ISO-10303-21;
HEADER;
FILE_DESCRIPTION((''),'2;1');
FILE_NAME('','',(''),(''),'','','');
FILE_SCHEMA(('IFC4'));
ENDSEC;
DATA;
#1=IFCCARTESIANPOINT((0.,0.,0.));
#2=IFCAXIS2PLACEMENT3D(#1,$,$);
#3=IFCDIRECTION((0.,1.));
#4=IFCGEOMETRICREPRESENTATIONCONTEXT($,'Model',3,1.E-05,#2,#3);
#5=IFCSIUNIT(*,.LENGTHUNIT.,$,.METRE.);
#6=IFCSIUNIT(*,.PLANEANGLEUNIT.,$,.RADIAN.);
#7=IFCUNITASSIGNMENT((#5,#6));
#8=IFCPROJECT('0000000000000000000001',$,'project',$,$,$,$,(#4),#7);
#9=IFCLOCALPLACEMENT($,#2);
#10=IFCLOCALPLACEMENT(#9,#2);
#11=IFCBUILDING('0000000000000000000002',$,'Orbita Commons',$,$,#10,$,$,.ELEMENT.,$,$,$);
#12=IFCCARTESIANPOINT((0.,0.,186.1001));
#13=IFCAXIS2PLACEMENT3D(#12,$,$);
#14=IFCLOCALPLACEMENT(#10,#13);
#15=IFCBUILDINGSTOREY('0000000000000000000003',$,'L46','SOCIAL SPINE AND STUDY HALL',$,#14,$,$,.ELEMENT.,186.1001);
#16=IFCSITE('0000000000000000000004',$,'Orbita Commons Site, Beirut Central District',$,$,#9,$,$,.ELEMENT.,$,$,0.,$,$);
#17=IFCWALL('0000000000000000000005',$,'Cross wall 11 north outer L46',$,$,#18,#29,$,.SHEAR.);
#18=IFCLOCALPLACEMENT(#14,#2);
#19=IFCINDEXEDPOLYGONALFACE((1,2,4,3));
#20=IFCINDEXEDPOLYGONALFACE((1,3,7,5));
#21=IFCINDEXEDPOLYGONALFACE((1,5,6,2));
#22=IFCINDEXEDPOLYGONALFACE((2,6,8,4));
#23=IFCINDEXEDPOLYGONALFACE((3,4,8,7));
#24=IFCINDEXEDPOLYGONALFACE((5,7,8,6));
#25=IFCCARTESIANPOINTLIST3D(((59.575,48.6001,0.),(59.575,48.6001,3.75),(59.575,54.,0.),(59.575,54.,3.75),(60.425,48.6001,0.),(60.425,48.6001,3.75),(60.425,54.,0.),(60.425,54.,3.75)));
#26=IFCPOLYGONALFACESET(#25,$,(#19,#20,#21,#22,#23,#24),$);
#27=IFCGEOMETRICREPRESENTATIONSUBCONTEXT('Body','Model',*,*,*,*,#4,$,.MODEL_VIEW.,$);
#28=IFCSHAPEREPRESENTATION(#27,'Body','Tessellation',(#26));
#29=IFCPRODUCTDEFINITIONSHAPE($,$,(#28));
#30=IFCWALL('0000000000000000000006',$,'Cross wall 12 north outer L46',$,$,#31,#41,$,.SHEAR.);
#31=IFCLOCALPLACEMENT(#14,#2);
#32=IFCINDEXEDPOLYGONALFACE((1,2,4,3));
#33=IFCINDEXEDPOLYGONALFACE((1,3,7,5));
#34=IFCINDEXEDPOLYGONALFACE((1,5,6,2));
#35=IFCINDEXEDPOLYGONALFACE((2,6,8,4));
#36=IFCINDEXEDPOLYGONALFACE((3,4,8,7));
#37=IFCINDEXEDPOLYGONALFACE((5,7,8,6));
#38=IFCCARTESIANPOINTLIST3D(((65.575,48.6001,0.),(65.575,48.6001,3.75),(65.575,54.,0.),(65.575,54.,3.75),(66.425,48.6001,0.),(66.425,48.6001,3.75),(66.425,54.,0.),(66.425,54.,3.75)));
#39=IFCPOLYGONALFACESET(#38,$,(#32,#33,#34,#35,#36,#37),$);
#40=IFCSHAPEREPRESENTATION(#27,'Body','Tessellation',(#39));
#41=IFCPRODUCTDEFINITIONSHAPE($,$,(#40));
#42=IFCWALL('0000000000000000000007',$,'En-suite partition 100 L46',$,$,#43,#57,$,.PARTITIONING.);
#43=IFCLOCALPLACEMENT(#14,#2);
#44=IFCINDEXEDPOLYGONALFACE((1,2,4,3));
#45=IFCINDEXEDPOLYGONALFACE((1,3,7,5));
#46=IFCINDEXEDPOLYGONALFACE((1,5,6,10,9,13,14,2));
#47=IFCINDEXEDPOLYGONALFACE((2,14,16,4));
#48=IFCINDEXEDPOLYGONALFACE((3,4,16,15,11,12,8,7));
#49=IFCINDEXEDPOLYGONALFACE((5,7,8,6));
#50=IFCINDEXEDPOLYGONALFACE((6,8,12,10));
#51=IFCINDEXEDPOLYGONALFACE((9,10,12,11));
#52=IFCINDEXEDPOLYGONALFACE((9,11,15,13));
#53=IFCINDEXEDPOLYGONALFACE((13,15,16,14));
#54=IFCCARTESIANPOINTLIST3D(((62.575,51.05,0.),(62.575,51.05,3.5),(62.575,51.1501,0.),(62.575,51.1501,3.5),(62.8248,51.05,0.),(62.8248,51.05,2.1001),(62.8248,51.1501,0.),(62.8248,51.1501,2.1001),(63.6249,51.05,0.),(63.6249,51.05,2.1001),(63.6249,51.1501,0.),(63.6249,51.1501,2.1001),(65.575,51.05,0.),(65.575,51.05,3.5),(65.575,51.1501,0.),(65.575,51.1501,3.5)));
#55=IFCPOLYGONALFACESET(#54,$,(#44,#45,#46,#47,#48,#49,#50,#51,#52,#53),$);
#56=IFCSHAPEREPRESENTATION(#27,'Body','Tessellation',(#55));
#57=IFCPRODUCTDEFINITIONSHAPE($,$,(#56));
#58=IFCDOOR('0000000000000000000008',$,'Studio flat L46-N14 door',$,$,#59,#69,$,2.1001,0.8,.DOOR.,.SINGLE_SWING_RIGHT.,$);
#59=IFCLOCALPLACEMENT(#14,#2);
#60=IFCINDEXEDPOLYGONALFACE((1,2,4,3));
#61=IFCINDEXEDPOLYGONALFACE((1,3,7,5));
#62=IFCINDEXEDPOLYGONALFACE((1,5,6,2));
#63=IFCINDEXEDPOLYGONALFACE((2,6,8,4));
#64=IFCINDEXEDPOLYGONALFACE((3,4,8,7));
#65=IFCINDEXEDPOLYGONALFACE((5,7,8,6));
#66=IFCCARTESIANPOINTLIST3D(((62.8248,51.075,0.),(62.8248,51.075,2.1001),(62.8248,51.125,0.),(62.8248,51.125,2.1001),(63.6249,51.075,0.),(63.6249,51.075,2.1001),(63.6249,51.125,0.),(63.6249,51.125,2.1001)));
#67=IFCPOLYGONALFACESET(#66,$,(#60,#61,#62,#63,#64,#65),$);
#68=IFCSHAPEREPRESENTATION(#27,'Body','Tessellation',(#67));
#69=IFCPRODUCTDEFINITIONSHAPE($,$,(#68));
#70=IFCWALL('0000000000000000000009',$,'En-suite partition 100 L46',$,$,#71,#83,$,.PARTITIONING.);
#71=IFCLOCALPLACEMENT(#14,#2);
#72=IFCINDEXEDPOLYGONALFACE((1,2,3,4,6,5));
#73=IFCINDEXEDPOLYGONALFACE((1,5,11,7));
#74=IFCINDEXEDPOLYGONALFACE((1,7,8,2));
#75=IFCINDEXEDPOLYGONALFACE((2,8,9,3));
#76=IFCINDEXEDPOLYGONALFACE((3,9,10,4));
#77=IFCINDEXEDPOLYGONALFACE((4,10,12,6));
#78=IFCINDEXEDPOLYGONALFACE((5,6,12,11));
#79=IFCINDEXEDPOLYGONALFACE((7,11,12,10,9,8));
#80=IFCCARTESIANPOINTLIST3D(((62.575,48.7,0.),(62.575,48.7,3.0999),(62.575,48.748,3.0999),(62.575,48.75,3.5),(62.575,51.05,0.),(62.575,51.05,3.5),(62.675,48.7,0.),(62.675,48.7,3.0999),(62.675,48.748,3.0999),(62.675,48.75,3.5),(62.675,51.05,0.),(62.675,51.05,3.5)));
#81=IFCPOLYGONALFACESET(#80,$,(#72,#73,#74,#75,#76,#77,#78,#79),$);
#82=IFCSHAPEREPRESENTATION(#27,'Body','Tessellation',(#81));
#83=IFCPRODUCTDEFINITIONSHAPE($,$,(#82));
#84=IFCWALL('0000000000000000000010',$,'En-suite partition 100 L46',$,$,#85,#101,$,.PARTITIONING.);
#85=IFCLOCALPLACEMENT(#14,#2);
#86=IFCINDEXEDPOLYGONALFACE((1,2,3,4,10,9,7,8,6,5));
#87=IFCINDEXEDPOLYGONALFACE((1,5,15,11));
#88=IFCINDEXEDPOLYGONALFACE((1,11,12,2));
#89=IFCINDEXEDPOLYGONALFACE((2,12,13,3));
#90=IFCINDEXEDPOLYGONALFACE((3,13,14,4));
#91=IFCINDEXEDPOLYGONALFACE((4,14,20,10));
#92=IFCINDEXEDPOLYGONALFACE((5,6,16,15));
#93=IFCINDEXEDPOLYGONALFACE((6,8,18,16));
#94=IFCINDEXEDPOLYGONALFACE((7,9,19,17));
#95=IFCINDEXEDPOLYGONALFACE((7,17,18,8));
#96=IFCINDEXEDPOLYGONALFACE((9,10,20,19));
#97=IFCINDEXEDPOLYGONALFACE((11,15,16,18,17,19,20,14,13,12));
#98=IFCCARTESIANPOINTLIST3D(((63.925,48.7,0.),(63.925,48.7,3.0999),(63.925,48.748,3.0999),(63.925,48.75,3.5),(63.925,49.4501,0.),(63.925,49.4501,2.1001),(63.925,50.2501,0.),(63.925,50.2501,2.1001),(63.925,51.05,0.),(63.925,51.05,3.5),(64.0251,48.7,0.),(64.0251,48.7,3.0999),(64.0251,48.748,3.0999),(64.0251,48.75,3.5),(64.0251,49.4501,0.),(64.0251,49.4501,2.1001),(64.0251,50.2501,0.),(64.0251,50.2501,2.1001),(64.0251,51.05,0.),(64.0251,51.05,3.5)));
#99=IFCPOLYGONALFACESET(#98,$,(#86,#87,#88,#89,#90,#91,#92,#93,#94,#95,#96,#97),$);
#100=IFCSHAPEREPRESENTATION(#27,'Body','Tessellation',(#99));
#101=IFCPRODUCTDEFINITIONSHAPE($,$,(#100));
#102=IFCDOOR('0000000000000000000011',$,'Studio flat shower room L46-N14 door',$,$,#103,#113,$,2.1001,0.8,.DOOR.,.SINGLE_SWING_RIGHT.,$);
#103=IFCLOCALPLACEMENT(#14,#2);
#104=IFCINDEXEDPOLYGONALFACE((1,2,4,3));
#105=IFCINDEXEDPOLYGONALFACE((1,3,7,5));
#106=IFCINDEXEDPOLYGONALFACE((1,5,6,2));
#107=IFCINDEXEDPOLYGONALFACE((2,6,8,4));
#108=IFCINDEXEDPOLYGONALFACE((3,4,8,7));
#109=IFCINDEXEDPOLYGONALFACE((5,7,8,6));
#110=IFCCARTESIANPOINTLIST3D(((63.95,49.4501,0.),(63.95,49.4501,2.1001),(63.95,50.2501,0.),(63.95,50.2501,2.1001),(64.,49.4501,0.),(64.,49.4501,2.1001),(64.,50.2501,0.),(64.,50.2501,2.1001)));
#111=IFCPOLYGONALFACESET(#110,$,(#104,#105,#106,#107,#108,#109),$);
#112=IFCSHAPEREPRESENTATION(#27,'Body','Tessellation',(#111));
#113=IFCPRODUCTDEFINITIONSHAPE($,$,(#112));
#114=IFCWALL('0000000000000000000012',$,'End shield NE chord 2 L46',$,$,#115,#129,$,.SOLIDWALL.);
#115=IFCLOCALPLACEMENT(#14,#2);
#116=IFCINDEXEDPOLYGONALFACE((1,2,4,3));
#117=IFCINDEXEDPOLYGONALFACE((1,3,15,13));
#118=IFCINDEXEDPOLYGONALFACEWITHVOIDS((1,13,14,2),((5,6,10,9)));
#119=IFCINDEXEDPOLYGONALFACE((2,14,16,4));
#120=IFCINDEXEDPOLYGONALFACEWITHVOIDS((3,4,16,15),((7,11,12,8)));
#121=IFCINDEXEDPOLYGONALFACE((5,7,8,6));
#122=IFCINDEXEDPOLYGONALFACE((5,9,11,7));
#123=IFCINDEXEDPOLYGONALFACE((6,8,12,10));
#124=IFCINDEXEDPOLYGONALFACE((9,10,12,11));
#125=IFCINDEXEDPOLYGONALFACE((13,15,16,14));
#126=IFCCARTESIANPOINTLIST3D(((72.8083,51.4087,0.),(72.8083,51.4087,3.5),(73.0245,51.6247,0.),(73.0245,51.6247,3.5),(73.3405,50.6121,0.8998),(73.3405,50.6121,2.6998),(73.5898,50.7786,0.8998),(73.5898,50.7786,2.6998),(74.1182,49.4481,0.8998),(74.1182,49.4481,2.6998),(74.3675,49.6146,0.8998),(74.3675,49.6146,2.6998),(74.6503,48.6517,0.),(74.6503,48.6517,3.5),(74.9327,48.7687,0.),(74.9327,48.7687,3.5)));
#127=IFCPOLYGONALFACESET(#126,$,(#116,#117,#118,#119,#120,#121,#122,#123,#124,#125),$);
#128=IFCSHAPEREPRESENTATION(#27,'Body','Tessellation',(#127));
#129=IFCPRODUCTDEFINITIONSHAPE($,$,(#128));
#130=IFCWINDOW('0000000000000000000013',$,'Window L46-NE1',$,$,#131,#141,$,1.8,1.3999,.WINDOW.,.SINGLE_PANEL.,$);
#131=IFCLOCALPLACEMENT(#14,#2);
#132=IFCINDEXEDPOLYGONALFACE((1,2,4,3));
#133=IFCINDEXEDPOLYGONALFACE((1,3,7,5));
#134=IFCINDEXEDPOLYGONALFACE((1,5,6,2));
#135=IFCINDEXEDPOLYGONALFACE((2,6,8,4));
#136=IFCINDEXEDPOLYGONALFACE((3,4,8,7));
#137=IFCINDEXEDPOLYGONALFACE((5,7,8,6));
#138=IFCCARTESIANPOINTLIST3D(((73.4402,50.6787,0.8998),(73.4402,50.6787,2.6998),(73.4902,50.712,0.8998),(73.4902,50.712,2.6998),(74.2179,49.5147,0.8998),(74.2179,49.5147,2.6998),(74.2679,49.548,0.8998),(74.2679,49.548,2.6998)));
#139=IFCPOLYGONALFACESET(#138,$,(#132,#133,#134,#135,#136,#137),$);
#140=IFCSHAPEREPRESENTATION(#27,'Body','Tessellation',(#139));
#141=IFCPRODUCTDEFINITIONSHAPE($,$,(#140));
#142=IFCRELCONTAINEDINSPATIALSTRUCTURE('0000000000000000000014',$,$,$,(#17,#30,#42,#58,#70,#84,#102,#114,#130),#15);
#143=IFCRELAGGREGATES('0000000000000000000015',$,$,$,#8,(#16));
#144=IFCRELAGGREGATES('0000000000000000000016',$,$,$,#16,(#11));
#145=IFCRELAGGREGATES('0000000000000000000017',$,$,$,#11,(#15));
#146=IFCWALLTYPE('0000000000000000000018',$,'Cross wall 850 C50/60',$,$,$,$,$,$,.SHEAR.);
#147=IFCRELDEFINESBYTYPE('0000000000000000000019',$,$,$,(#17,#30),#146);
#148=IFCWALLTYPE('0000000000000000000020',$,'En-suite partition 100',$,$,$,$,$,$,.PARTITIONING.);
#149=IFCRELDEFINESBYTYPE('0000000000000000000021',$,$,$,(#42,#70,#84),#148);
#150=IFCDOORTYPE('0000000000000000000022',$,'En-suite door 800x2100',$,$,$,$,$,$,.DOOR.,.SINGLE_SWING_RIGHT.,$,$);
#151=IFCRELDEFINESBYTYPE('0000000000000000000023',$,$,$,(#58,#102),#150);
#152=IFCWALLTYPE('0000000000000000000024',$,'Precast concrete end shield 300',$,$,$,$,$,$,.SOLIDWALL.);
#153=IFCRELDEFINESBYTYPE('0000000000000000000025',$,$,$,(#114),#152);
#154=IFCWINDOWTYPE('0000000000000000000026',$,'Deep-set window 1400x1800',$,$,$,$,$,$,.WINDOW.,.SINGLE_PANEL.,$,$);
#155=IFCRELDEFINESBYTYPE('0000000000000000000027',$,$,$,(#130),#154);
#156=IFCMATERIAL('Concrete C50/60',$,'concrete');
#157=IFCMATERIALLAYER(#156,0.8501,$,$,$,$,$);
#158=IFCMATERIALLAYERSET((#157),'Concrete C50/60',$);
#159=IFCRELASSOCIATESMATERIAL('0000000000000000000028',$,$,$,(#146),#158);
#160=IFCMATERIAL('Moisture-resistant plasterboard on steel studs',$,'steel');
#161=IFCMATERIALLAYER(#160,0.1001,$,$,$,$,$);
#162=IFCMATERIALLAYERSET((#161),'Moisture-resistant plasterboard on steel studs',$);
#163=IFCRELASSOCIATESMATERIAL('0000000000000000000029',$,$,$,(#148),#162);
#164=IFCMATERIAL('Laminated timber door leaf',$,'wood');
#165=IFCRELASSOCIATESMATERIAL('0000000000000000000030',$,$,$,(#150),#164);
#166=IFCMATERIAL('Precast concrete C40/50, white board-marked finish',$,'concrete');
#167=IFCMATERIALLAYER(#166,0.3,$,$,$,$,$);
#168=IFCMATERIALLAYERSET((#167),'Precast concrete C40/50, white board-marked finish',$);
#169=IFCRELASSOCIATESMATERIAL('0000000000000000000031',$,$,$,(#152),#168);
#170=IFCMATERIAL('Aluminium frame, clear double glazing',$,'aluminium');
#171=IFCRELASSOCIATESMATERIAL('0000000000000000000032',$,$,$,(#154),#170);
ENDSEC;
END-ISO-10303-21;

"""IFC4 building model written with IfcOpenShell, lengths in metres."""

from ifc_helpers import new_model, si_unit, direction, frame, frame_2d, origin, place, context, subcontext, project, spatial, polyline, rectangle, outline, extrude, material, layer, layer_set, type_object, element, fill, save


model = new_model("IFC4")

# Units and contexts
model_context = context("Model", 3, precision=1e-05, world=origin(), true_north=direction((0.0, 1.0)))
body_context = subcontext(model_context, "Body", "Model", "MODEL_VIEW")
ifc_project = project(units=[si_unit("LENGTHUNIT", "METRE"), si_unit("PLANEANGLEUNIT", "RADIAN")], contexts=[model_context])

# Site, building, storey
site_placement = place(None, origin())
site = spatial("IfcSite", under=ifc_project, at=site_placement, Name="Orbita Commons Site, Beirut Central District", CompositionType="ELEMENT", RefElevation=0.0)
building_placement = place(site_placement, origin())
building = spatial("IfcBuilding", under=site, at=building_placement, Name="Orbita Commons", CompositionType="ELEMENT")
storey_placement = place(building_placement, frame((0.0, 0.0, 186.1001)))
storey = spatial("IfcBuildingStorey", under=building, at=storey_placement, Name="L46", Description="SOCIAL SPINE AND STUDY HALL", CompositionType="ELEMENT", Elevation=186.1001)

# Walls
ifc_material_1 = material(Name="Concrete C50/60", Category="concrete")
ifc_layer_1 = layer(ifc_material_1, 0.8501)
ifc_layer_set_1 = layer_set([ifc_layer_1], Name="Concrete C50/60")
wall_type_1 = type_object("IfcWallType", Name="Cross wall 850 C50/60", PredefinedType="SHEAR", material=ifc_layer_set_1)
for number, where, z_axis, x_axis, name in (
    (1, (60.0, 48.6001, 0.0), (0.0, 0.0, 1.0), (0.0, 1.0, 0.0), "Cross wall 11 north outer L46"),
    (2, (66.0, 48.6001, 0.0), (0.0, 0.0, 1.0), (0.0, 1.0, 0.0), "Cross wall 12 north outer L46"),
):
    element("IfcWall", number, at=place(storey_placement, frame(where, z_axis=z_axis, x_axis=x_axis)), inside=storey, type_object=wall_type_1, Name=name, PredefinedType="SHEAR", context=body_context, shape_type="SweptSolid", body=[
        extrude(rectangle(XDim=5.3999, YDim=0.8501, at=frame_2d((2.7, 0.0))), origin(), (0.0, 0.0, 1.0), 3.75),
    ])

# Wall, opening, door
ifc_material_2 = material(Name="Moisture-resistant plasterboard on steel studs", Category="steel")
ifc_layer_2 = layer(ifc_material_2, 0.1001)
ifc_layer_set_2 = layer_set([ifc_layer_2], Name="Moisture-resistant plasterboard on steel studs")
wall_type_2 = type_object("IfcWallType", Name="En-suite partition 100", PredefinedType="PARTITIONING", material=ifc_layer_set_2)
wall_1_placement = place(storey_placement, frame((62.575, 51.1001, 0.0), z_axis=(0.0, 0.0, 1.0), x_axis=(1.0, 0.0, 0.0)))
wall_1 = element("IfcWall", 3, at=wall_1_placement, inside=storey, type_object=wall_type_2, Name="En-suite partition 100 L46", PredefinedType="PARTITIONING", context=body_context, shape_type="SweptSolid", body=[
    extrude(rectangle(XDim=3.0, YDim=0.1001, at=frame_2d((1.5, 0.0))), origin(), (0.0, 0.0, 1.0), 3.5),
])
opening_1_placement = place(wall_1_placement, frame((0.25, 0.0, 0.0)))
opening_1 = element("IfcOpeningElement", 4, at=opening_1_placement, cuts=wall_1, PredefinedType="OPENING", context=body_context, shape_type="SweptSolid", body=[
    extrude(rectangle(XDim=0.8, YDim=2.1001, at=frame_2d((0.3999, 1.05))), frame((0.0, 0.0601, 0.0), z_axis=(0.0, -1.0, 0.0), x_axis=(1.0, 0.0, 0.0)), (0.0, 0.0, 1.0), 0.1201),
])
ifc_material_3 = material(Name="Laminated timber door leaf", Category="wood")
door_type_1 = type_object("IfcDoorType", Name="En-suite door 800x2100", OperationType="SINGLE_SWING_RIGHT", PredefinedType="DOOR", material=ifc_material_3)
door_1_placement = place(opening_1_placement, origin())
door_1 = element("IfcDoor", 5, at=door_1_placement, inside=storey, type_object=door_type_1, Name="Studio flat L46-N14 door", OperationType="SINGLE_SWING_RIGHT", OverallHeight=2.1001, OverallWidth=0.8, PredefinedType="DOOR", context=body_context, shape_type="SweptSolid", body=[
    extrude(rectangle(XDim=0.8, YDim=2.1001, at=frame_2d((0.3999, 1.05))), frame((0.0, 0.0249, 0.0), z_axis=(0.0, -1.0, 0.0), x_axis=(1.0, 0.0, 0.0)), (0.0, 0.0, 1.0), 0.05),
])
fill(opening_1, door_1)

# Wall
wall_2_placement = place(storey_placement, frame((62.625, 51.05, 0.0), z_axis=(0.0, 0.0, 1.0), x_axis=(0.0, -1.0, 0.0)))
element("IfcWall", 6, at=wall_2_placement, inside=storey, type_object=wall_type_2, Name="En-suite partition 100 L46", PredefinedType="PARTITIONING", context=body_context, shape_type="SweptSolid", body=[
    extrude(outline(polyline([(0.0, 0.0), (2.3501, 0.0), (2.3501, 3.0999), (2.302, 3.0999), (2.3, 3.5), (0.0, 3.5), (0.0, 0.0)])), frame((0.0, 0.05, 0.0), z_axis=(0.0, -1.0, 0.0), x_axis=(1.0, 0.0, 0.0)), (0.0, 0.0, 1.0), 0.1001),
])

# Wall, opening, door
wall_3_placement = place(storey_placement, frame((63.9751, 51.05, 0.0), z_axis=(0.0, 0.0, 1.0), x_axis=(0.0, -1.0, 0.0)))
wall_3 = element("IfcWall", 7, at=wall_3_placement, inside=storey, type_object=wall_type_2, Name="En-suite partition 100 L46", PredefinedType="PARTITIONING", context=body_context, shape_type="SweptSolid", body=[
    extrude(outline(polyline([(0.0, 0.0), (2.3501, 0.0), (2.3501, 3.0999), (2.302, 3.0999), (2.3, 3.5), (0.0, 3.5), (0.0, 0.0)])), frame((0.0, 0.05, 0.0), z_axis=(0.0, -1.0, 0.0), x_axis=(1.0, 0.0, 0.0)), (0.0, 0.0, 1.0), 0.1001),
])
opening_2_placement = place(wall_3_placement, frame((0.8, 0.0, 0.0)))
opening_2 = element("IfcOpeningElement", 8, at=opening_2_placement, cuts=wall_3, PredefinedType="OPENING", context=body_context, shape_type="SweptSolid", body=[
    extrude(rectangle(XDim=0.8, YDim=2.1001, at=frame_2d((0.3999, 1.05))), frame((0.0, 0.0601, 0.0), z_axis=(0.0, -1.0, 0.0), x_axis=(1.0, 0.0, 0.0)), (0.0, 0.0, 1.0), 0.1201),
])
door_2_placement = place(opening_2_placement, origin())
door_2 = element("IfcDoor", 9, at=door_2_placement, inside=storey, type_object=door_type_1, Name="Studio flat shower room L46-N14 door", OperationType="SINGLE_SWING_RIGHT", OverallHeight=2.1001, OverallWidth=0.8, PredefinedType="DOOR", context=body_context, shape_type="SweptSolid", body=[
    extrude(rectangle(XDim=0.8, YDim=2.1001, at=frame_2d((0.3999, 1.05))), frame((0.0, 0.0249, 0.0), z_axis=(0.0, -1.0, 0.0), x_axis=(1.0, 0.0, 0.0)), (0.0, 0.0, 1.0), 0.05),
])
fill(opening_2, door_2)

# Wall, opening, window
ifc_material_4 = material(Name="Precast concrete C40/50, white board-marked finish", Category="concrete")
ifc_layer_3 = layer(ifc_material_4, 0.3)
ifc_layer_set_3 = layer_set([ifc_layer_3], Name="Precast concrete C40/50, white board-marked finish")
wall_type_3 = type_object("IfcWallType", Name="Precast concrete end shield 300", PredefinedType="SOLIDWALL", material=ifc_layer_set_3)
wall_4_placement = place(storey_placement, frame((74.7915, 48.7102, 0.0), z_axis=(0.0, 0.0, 1.0), x_axis=(-0.555535, 0.831493, 0.0)))
wall_4 = element("IfcWall", 10, at=wall_4_placement, inside=storey, type_object=wall_type_3, Name="End shield NE chord 2 L46", PredefinedType="SOLIDWALL", context=body_context, shape_type="SweptSolid", body=[
    extrude(outline(polyline([(-0.0298, -0.1499), (3.405, -0.1499), (3.3455, 0.1499), (0.0298, 0.1499), (-0.0298, -0.1499)])), origin(), (0.0, 0.0, 1.0), 3.5),
])
opening_3_placement = place(wall_4_placement, frame((0.9875, 0.0, 0.8999)))
opening_3 = element("IfcOpeningElement", 11, at=opening_3_placement, cuts=wall_4, PredefinedType="OPENING", context=body_context, shape_type="SweptSolid", body=[
    extrude(rectangle(XDim=1.3999, YDim=1.8, at=frame_2d((0.7, 0.8999))), frame((0.0, 0.1599, 0.0), z_axis=(0.0, -1.0, 0.0), x_axis=(1.0, 0.0, 0.0)), (0.0, 0.0, 1.0), 0.3201),
])
ifc_material_5 = material(Name="Aluminium frame, clear double glazing", Category="aluminium")
window_type = type_object("IfcWindowType", Name="Deep-set window 1400x1800", PartitioningType="SINGLE_PANEL", PredefinedType="WINDOW", material=ifc_material_5)
window_placement = place(opening_3_placement, origin())
window = element("IfcWindow", 12, at=window_placement, inside=storey, type_object=window_type, Name="Window L46-NE1", OverallHeight=1.8, OverallWidth=1.3999, PartitioningType="SINGLE_PANEL", PredefinedType="WINDOW", context=body_context, shape_type="SweptSolid", body=[
    extrude(rectangle(XDim=1.3999, YDim=1.8, at=frame_2d((0.7, 0.8999))), frame((0.0, 0.03, 0.0), z_axis=(0.0, -1.0, 0.0), x_axis=(1.0, 0.0, 0.0)), (0.0, 0.0, 1.0), 0.0601),
])
fill(opening_3, window)

save(model, "model.ifc")
